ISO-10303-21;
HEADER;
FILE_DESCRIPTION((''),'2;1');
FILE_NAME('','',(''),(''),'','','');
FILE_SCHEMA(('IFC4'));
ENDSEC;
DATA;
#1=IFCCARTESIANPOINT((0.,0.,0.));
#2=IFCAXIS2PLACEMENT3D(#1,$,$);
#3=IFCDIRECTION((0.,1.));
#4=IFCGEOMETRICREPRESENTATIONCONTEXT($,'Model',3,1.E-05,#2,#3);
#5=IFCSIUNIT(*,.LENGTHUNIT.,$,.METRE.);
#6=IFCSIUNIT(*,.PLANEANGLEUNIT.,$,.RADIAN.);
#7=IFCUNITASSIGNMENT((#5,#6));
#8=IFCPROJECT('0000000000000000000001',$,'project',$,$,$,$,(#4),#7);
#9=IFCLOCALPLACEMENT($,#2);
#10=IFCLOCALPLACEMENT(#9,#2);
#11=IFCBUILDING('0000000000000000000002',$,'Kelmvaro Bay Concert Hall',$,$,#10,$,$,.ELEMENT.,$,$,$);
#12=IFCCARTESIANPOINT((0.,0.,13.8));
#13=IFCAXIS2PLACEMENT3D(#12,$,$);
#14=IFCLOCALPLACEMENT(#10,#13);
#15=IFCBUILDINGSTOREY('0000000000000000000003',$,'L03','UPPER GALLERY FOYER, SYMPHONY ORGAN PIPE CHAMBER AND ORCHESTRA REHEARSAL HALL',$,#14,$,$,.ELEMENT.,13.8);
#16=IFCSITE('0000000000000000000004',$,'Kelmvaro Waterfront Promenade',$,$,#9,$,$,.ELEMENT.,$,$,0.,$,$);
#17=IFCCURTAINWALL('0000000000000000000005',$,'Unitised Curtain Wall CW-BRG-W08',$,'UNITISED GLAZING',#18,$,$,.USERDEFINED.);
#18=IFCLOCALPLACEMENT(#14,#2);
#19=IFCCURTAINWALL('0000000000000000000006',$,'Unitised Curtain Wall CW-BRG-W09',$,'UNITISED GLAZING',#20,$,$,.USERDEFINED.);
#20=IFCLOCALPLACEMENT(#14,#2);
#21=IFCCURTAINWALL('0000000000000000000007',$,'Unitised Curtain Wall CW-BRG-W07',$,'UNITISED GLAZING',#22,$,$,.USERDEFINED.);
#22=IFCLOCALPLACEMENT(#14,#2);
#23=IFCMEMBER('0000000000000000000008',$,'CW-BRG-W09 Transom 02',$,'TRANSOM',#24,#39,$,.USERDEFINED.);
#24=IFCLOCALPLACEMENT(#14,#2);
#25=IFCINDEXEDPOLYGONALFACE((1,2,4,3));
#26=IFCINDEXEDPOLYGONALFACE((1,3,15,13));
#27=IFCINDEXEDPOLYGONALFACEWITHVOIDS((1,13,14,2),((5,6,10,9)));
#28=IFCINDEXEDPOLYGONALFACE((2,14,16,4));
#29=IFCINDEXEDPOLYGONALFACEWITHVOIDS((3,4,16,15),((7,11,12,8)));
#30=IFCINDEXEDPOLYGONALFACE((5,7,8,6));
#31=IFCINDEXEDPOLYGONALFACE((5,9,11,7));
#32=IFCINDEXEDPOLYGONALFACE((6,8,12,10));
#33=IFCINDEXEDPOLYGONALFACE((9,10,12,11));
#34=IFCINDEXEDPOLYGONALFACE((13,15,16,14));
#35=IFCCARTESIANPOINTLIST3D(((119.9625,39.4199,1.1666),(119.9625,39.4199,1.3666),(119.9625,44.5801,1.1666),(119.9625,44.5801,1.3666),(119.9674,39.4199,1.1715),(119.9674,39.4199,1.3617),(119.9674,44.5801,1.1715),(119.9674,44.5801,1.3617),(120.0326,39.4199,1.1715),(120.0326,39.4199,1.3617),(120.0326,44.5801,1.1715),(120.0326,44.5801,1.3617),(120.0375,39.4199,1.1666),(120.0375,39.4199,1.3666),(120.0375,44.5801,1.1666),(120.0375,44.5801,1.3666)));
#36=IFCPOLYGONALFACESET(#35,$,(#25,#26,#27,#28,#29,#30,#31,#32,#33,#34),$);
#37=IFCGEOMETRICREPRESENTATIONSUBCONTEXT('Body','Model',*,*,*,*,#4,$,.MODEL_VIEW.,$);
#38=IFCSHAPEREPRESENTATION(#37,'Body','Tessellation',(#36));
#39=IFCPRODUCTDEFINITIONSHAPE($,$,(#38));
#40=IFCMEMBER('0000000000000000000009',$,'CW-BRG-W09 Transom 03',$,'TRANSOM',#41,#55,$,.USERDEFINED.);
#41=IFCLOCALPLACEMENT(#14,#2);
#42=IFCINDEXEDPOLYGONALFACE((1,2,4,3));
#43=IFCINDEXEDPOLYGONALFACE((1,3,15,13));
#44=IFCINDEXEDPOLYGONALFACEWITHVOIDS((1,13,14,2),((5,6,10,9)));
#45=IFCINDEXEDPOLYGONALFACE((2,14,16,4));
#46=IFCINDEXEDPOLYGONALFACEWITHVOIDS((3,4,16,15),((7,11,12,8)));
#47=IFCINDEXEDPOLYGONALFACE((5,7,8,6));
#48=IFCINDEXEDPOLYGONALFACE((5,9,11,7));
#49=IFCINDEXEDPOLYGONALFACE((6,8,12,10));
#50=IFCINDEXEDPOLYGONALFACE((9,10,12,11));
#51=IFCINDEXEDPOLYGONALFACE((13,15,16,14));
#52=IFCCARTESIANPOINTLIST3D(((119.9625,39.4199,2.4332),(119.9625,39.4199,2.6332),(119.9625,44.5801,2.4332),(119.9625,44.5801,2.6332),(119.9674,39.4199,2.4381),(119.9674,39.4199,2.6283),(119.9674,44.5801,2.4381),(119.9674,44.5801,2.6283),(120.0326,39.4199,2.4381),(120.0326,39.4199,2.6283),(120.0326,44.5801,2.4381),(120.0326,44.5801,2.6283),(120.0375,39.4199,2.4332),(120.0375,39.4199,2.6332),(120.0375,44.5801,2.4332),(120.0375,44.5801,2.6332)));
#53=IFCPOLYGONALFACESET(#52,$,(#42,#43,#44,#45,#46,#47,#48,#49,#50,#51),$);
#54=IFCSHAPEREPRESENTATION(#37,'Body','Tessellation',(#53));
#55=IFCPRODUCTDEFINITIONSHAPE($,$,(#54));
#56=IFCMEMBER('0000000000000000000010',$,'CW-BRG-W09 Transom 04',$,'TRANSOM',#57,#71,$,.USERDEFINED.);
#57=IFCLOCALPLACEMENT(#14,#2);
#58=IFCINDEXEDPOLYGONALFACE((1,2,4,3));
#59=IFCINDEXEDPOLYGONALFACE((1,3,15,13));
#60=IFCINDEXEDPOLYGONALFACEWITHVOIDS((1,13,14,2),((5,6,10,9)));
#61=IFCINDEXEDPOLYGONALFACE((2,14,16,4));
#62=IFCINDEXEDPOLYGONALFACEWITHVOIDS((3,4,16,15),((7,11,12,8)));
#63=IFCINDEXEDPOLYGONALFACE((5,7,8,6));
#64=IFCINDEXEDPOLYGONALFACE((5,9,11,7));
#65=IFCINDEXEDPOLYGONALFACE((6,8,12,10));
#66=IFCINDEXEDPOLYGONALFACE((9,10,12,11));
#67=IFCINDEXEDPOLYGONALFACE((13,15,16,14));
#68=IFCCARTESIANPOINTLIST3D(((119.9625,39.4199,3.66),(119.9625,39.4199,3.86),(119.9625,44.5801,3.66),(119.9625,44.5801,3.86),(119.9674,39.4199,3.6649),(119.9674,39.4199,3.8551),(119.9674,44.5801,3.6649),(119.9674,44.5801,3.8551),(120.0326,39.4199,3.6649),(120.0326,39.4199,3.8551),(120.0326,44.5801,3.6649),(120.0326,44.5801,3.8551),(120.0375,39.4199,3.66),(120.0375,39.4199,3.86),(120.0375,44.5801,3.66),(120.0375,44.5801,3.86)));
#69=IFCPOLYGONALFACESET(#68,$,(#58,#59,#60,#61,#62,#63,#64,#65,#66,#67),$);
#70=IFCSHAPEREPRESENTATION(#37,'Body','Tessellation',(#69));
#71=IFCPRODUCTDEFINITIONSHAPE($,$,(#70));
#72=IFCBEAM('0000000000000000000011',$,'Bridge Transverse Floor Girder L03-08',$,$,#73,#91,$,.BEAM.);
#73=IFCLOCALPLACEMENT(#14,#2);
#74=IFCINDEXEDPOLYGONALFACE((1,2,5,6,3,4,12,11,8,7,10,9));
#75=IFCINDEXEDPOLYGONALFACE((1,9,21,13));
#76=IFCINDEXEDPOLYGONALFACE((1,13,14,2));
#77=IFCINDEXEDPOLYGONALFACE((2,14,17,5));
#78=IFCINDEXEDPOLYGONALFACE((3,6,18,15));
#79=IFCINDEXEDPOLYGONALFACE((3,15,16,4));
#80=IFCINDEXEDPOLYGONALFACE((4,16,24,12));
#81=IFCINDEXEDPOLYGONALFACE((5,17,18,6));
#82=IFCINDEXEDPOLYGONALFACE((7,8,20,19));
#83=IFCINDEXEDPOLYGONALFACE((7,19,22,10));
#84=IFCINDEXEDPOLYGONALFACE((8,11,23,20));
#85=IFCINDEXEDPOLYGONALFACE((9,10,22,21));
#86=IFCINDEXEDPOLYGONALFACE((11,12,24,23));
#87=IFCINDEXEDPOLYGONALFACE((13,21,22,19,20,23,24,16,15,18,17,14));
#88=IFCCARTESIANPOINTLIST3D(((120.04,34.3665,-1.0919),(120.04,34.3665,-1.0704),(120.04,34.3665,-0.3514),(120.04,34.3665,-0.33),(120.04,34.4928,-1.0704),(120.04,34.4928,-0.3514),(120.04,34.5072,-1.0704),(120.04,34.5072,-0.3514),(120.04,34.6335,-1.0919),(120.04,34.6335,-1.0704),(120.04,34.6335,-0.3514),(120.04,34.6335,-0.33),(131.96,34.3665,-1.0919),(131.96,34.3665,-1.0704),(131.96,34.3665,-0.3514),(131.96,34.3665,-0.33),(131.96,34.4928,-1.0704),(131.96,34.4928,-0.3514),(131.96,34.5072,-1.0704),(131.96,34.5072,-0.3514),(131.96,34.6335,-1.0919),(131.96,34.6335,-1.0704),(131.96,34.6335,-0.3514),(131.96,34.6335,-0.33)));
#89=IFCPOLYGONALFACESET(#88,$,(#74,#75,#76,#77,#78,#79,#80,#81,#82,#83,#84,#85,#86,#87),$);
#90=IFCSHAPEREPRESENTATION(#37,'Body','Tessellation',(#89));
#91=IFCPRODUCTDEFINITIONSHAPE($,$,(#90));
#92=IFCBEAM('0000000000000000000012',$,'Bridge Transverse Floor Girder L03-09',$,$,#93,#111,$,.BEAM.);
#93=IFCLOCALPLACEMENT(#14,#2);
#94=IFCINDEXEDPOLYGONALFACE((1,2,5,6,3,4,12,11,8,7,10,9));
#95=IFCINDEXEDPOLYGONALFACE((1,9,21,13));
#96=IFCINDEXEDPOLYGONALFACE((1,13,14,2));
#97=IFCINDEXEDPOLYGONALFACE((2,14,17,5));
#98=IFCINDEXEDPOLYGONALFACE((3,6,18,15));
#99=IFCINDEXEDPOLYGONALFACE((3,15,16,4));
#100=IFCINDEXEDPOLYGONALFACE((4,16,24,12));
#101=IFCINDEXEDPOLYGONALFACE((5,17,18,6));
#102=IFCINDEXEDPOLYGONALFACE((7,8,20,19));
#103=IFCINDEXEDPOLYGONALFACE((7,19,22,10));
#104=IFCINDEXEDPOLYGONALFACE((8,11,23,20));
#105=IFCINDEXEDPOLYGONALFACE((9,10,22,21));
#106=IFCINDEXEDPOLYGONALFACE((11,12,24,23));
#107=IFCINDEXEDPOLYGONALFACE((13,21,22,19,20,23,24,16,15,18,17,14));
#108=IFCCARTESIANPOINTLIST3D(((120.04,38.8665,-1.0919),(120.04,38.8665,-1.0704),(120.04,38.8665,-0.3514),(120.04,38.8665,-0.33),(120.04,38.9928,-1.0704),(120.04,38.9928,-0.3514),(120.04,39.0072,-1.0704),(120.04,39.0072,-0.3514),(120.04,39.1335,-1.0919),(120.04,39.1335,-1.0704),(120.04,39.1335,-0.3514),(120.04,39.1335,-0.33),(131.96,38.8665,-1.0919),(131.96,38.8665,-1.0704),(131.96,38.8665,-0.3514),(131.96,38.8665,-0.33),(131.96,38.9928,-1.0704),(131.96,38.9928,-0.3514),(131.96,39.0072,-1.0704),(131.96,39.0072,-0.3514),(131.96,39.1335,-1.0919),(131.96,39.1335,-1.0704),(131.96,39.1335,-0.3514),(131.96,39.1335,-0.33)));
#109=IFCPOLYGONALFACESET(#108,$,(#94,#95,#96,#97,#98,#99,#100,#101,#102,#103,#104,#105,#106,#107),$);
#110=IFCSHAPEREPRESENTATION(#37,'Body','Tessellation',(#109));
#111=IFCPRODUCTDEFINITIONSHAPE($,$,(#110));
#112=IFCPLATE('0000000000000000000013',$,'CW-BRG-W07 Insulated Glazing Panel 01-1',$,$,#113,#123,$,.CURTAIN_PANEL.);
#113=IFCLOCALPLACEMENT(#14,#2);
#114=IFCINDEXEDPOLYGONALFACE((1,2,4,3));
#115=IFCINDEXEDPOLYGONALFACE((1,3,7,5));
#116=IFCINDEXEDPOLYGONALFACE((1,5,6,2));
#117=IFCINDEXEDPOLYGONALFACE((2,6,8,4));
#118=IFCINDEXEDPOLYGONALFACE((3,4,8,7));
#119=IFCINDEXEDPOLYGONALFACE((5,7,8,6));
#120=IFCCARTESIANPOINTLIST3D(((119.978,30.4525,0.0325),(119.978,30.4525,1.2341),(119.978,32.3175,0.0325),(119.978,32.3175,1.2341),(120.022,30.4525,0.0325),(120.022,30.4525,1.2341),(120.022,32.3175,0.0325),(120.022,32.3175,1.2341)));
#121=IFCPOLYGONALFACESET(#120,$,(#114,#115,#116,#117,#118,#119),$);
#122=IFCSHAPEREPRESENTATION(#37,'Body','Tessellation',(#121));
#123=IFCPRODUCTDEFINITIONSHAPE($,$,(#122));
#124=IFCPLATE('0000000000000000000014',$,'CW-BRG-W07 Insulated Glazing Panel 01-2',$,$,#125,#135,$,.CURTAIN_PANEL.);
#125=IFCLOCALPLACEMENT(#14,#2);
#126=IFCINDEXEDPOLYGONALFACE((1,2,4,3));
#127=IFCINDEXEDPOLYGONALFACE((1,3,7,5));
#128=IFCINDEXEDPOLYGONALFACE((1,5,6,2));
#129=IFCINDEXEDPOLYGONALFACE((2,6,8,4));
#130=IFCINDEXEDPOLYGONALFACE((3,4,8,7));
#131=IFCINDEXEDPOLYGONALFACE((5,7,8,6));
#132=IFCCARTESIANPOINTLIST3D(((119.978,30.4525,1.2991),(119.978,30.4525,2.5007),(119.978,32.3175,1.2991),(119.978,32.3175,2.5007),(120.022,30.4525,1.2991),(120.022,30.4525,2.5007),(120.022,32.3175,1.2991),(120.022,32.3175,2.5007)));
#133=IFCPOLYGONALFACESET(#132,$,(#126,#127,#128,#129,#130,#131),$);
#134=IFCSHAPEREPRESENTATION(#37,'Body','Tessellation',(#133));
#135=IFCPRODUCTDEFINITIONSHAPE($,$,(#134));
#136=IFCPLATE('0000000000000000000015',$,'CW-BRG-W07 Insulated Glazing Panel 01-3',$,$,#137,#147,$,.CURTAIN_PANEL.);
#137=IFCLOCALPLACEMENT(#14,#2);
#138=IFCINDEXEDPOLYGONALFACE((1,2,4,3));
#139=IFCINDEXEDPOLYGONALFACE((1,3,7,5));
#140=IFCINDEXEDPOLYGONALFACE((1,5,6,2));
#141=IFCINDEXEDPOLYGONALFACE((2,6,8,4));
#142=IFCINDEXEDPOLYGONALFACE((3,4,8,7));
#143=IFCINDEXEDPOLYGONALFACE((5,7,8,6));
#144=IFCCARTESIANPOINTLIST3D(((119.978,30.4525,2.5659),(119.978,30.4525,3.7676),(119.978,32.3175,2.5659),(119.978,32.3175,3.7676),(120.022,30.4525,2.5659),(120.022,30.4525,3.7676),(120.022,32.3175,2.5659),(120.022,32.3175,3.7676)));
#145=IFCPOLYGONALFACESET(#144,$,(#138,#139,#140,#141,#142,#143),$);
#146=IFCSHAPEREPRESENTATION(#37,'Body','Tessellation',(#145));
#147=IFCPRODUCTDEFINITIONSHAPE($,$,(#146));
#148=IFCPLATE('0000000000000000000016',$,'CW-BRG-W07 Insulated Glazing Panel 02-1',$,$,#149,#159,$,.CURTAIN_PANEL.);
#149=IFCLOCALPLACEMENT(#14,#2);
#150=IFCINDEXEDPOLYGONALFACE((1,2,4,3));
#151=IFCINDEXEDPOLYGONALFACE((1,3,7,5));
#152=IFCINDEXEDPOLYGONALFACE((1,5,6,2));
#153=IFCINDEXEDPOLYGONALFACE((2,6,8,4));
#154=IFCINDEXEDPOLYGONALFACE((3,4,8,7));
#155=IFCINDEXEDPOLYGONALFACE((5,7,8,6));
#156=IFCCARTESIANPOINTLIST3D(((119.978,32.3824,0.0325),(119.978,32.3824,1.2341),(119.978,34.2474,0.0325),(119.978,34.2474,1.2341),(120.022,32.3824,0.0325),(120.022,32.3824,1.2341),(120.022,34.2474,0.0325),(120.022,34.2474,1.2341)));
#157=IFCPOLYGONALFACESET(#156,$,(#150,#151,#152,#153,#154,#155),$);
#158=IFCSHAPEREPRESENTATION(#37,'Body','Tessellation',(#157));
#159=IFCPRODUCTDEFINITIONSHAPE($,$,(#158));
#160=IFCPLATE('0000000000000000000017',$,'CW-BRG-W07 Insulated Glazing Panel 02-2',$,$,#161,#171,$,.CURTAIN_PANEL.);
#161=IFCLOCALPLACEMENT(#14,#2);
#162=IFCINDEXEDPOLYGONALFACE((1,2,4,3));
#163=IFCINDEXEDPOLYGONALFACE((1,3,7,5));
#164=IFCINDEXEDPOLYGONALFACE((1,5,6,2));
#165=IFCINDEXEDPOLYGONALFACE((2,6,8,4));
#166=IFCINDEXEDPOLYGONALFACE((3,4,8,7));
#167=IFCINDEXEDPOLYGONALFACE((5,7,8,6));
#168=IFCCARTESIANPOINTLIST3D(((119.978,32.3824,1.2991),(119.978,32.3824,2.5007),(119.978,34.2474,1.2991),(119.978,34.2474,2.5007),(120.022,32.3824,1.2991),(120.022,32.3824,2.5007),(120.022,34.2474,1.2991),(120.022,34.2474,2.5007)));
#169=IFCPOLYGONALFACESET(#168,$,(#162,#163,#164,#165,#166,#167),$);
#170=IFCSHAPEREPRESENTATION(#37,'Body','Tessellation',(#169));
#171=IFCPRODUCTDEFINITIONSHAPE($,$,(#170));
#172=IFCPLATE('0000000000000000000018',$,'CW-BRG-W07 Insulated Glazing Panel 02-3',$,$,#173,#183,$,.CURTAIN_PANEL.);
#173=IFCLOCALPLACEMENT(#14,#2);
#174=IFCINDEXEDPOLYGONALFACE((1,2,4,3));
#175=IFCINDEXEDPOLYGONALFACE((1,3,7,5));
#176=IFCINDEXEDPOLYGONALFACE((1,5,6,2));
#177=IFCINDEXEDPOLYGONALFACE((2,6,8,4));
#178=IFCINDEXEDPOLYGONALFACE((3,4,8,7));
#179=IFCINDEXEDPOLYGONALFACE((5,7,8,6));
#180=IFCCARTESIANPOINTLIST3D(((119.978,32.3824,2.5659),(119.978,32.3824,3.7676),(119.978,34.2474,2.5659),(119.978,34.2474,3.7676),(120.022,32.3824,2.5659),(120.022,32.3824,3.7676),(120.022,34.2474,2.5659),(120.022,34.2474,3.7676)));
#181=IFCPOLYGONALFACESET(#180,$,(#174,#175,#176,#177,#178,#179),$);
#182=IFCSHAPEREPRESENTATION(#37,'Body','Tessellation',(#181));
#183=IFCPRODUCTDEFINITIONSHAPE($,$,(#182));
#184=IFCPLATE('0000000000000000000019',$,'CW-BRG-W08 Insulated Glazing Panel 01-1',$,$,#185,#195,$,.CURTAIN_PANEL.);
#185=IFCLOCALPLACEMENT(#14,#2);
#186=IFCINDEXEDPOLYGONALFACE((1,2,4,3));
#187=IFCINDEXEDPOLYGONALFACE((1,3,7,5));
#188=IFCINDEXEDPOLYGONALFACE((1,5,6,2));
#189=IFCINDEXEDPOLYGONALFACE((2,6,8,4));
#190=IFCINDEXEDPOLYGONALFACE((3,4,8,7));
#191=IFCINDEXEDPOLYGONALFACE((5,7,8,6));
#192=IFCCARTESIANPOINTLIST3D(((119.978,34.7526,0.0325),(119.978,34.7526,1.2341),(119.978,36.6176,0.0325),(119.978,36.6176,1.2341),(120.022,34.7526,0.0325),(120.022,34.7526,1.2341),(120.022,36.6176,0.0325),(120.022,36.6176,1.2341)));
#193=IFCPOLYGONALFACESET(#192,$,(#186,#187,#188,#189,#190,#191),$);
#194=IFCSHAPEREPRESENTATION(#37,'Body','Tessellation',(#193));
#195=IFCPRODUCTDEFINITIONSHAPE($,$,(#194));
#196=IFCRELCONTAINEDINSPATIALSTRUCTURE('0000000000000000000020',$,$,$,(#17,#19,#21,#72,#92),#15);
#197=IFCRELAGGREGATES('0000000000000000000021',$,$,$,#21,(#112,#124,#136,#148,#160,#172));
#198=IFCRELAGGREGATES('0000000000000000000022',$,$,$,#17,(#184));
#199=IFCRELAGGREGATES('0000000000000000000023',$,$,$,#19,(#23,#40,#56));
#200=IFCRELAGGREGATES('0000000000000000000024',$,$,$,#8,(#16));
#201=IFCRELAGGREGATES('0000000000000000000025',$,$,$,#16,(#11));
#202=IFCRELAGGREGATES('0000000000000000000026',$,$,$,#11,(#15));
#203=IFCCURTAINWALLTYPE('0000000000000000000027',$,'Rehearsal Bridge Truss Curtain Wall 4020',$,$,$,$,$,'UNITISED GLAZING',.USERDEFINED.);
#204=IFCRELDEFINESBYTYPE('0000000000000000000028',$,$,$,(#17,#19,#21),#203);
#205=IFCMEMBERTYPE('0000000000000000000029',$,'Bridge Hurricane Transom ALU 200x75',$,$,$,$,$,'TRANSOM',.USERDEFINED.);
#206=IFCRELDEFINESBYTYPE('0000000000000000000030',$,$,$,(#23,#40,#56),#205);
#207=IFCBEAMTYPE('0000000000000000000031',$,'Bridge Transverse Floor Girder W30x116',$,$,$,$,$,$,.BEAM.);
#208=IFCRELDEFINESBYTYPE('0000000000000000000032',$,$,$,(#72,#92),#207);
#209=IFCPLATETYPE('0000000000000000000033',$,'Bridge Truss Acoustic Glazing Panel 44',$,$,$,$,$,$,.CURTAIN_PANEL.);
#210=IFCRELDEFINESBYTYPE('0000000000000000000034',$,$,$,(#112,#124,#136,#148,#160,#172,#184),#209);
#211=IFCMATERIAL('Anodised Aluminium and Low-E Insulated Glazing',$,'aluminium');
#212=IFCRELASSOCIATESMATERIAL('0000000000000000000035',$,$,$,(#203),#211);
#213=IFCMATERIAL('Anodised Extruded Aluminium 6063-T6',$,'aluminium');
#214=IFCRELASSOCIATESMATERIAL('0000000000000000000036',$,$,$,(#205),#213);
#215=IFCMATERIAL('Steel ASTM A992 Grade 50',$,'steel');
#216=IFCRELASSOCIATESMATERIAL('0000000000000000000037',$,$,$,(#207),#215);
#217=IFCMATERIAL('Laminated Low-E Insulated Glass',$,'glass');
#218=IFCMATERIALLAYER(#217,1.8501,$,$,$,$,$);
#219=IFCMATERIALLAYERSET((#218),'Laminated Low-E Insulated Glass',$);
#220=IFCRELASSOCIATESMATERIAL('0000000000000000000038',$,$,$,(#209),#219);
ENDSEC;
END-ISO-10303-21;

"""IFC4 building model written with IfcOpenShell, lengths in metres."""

from ifc_helpers import new_model, si_unit, direction, frame, origin, origin_2d, place, context, subcontext, project, spatial, rectangle, hollow_rectangle, i_section, extrude, material, layer, layer_set, material_profile, profile_set, type_object, element, aggregate, save


model = new_model("IFC4")

# Units and contexts
model_context = context("Model", 3, precision=1e-05, world=origin(), true_north=direction((0.0, 1.0)))
body_context = subcontext(model_context, "Body", "Model", "MODEL_VIEW")
ifc_project = project(units=[si_unit("LENGTHUNIT", "METRE"), si_unit("PLANEANGLEUNIT", "RADIAN")], contexts=[model_context])

# Site, building, storey
site_placement = place(None, origin())
site = spatial("IfcSite", under=ifc_project, at=site_placement, Name="Kelmvaro Waterfront Promenade", CompositionType="ELEMENT", RefElevation=0.0)
building_placement = place(site_placement, origin())
building = spatial("IfcBuilding", under=site, at=building_placement, Name="Kelmvaro Bay Concert Hall", CompositionType="ELEMENT")
storey_placement = place(building_placement, frame((0.0, 0.0, 13.8)))
storey = spatial("IfcBuildingStorey", under=building, at=storey_placement, Name="L03", Description="UPPER GALLERY FOYER, SYMPHONY ORGAN PIPE CHAMBER AND ORCHESTRA REHEARSAL HALL", CompositionType="ELEMENT", Elevation=13.8)

# Curtain wall
ifc_material_1 = material(Name="Anodised Aluminium and Low-E Insulated Glazing", Category="aluminium")
curtain_wall_type = type_object("IfcCurtainWallType", Name="Rehearsal Bridge Truss Curtain Wall 4020", ElementType="UNITISED GLAZING", PredefinedType="USERDEFINED", material=ifc_material_1)
curtain_wall_1_placement = place(storey_placement, origin())
curtain_wall_1 = element("IfcCurtainWall", 1, at=curtain_wall_1_placement, inside=storey, type_object=curtain_wall_type, Name="Unitised Curtain Wall CW-BRG-W08", ObjectType="UNITISED GLAZING", PredefinedType="USERDEFINED")

# Curtain wall
curtain_wall_2_placement = place(storey_placement, origin())
curtain_wall_2 = element("IfcCurtainWall", 2, at=curtain_wall_2_placement, inside=storey, type_object=curtain_wall_type, Name="Unitised Curtain Wall CW-BRG-W09", ObjectType="UNITISED GLAZING", PredefinedType="USERDEFINED")

# Curtain wall
curtain_wall_3_placement = place(storey_placement, origin())
curtain_wall_3 = element("IfcCurtainWall", 3, at=curtain_wall_3_placement, inside=storey, type_object=curtain_wall_type, Name="Unitised Curtain Wall CW-BRG-W07", ObjectType="UNITISED GLAZING", PredefinedType="USERDEFINED")
ifc_material_2 = material(Name="Anodised Extruded Aluminium 6063-T6", Category="aluminium")
ifc_material_profile_1 = material_profile(ifc_material_2, hollow_rectangle(XDim=0.075, YDim=0.2, WallThickness=0.0049, at=origin_2d()), Name="ALU-TRN-200X75")
ifc_profile_set_1 = profile_set([ifc_material_profile_1], Name="Anodised Extruded Aluminium 6063-T6")
member_type_1 = type_object("IfcMemberType", Name="Bridge Hurricane Transom ALU 200x75", ElementType="TRANSOM", PredefinedType="USERDEFINED", material=ifc_profile_set_1)

# Members
member_1_placement = place(storey_placement, frame((120.0, 39.4199, 1.2666), z_axis=(0.0, 1.0, 0.0), x_axis=(-1.0, 0.0, 0.0)))
member_1 = element("IfcMember", 4, at=member_1_placement, type_object=member_type_1, Name="CW-BRG-W09 Transom 02", ObjectType="TRANSOM", PredefinedType="USERDEFINED", context=body_context, shape_type="SweptSolid", body=[
    extrude(hollow_rectangle(XDim=0.075, YDim=0.2, WallThickness=0.0049, at=origin_2d()), origin(), (0.0, 0.0, 1.0), 5.1602),
])
member_2_placement = place(storey_placement, frame((120.0, 39.4199, 2.5332), z_axis=(0.0, 1.0, 0.0), x_axis=(-1.0, 0.0, 0.0)))
member_2 = element("IfcMember", 5, at=member_2_placement, type_object=member_type_1, Name="CW-BRG-W09 Transom 03", ObjectType="TRANSOM", PredefinedType="USERDEFINED", context=body_context, shape_type="SweptSolid", body=[
    extrude(hollow_rectangle(XDim=0.075, YDim=0.2, WallThickness=0.0049, at=origin_2d()), origin(), (0.0, 0.0, 1.0), 5.1602),
])
member_3_placement = place(storey_placement, frame((120.0, 39.4199, 3.76), z_axis=(0.0, 1.0, 0.0), x_axis=(-1.0, 0.0, 0.0)))
member_3 = element("IfcMember", 6, at=member_3_placement, type_object=member_type_1, Name="CW-BRG-W09 Transom 04", ObjectType="TRANSOM", PredefinedType="USERDEFINED", context=body_context, shape_type="SweptSolid", body=[
    extrude(hollow_rectangle(XDim=0.075, YDim=0.2, WallThickness=0.0049, at=origin_2d()), origin(), (0.0, 0.0, 1.0), 5.1602),
])

# Beams
ifc_material_3 = material(Name="Steel ASTM A992 Grade 50", Category="steel")
ifc_material_profile_2 = material_profile(ifc_material_3, i_section(OverallWidth=0.2671, OverallDepth=0.762, WebThickness=0.0144, FlangeThickness=0.0215, at=origin_2d()), Name="W30X116")
ifc_profile_set_2 = profile_set([ifc_material_profile_2], Name="Steel ASTM A992 Grade 50")
beam_type = type_object("IfcBeamType", Name="Bridge Transverse Floor Girder W30x116", PredefinedType="BEAM", material=ifc_profile_set_2)
for number, where, z_axis, x_axis, name in (
    (7, (120.04, 34.5, -0.7109), (1.0, 0.0, 0.0), (0.0, 1.0, 0.0), "Bridge Transverse Floor Girder L03-08"),
    (8, (120.04, 39.0, -0.7109), (1.0, 0.0, 0.0), (0.0, 1.0, 0.0), "Bridge Transverse Floor Girder L03-09"),
):
    element("IfcBeam", number, at=place(storey_placement, frame(where, z_axis=z_axis, x_axis=x_axis)), inside=storey, type_object=beam_type, Name=name, PredefinedType="BEAM", context=body_context, shape_type="SweptSolid", body=[
        extrude(i_section(OverallWidth=0.2671, OverallDepth=0.762, WebThickness=0.0144, FlangeThickness=0.0215, at=origin_2d()), origin(), (0.0, 0.0, 1.0), 11.9199),
    ])

# Plates
ifc_material_4 = material(Name="Laminated Low-E Insulated Glass", Category="glass")
ifc_layer = layer(ifc_material_4, 1.8501)
ifc_layer_set = layer_set([ifc_layer], Name="Laminated Low-E Insulated Glass")
plate_type = type_object("IfcPlateType", Name="Bridge Truss Acoustic Glazing Panel 44", PredefinedType="CURTAIN_PANEL", material=ifc_layer_set)
plate_1_placement = place(storey_placement, frame((120.0, 31.385, 0.0325), z_axis=(0.0, 0.0, 1.0), x_axis=(0.0, 1.0, 0.0)))
plate_1 = element("IfcPlate", 9, at=plate_1_placement, type_object=plate_type, Name="CW-BRG-W07 Insulated Glazing Panel 01-1", PredefinedType="CURTAIN_PANEL", context=body_context, shape_type="SweptSolid", body=[
    extrude(rectangle(XDim=1.865, YDim=0.0439, at=origin_2d()), origin(), (0.0, 0.0, 1.0), 1.2017),
])
plate_2_placement = place(storey_placement, frame((120.0, 31.385, 1.2991), z_axis=(0.0, 0.0, 1.0), x_axis=(0.0, 1.0, 0.0)))
plate_2 = element("IfcPlate", 10, at=plate_2_placement, type_object=plate_type, Name="CW-BRG-W07 Insulated Glazing Panel 01-2", PredefinedType="CURTAIN_PANEL", context=body_context, shape_type="SweptSolid", body=[
    extrude(rectangle(XDim=1.865, YDim=0.0439, at=origin_2d()), origin(), (0.0, 0.0, 1.0), 1.2017),
])
plate_3_placement = place(storey_placement, frame((120.0, 31.385, 2.5659), z_axis=(0.0, 0.0, 1.0), x_axis=(0.0, 1.0, 0.0)))
plate_3 = element("IfcPlate", 11, at=plate_3_placement, type_object=plate_type, Name="CW-BRG-W07 Insulated Glazing Panel 01-3", PredefinedType="CURTAIN_PANEL", context=body_context, shape_type="SweptSolid", body=[
    extrude(rectangle(XDim=1.865, YDim=0.0439, at=origin_2d()), origin(), (0.0, 0.0, 1.0), 1.2017),
])
plate_4_placement = place(storey_placement, frame((120.0, 33.3149, 0.0325), z_axis=(0.0, 0.0, 1.0), x_axis=(0.0, 1.0, 0.0)))
plate_4 = element("IfcPlate", 12, at=plate_4_placement, type_object=plate_type, Name="CW-BRG-W07 Insulated Glazing Panel 02-1", PredefinedType="CURTAIN_PANEL", context=body_context, shape_type="SweptSolid", body=[
    extrude(rectangle(XDim=1.865, YDim=0.0439, at=origin_2d()), origin(), (0.0, 0.0, 1.0), 1.2017),
])
plate_5_placement = place(storey_placement, frame((120.0, 33.3149, 1.2991), z_axis=(0.0, 0.0, 1.0), x_axis=(0.0, 1.0, 0.0)))
plate_5 = element("IfcPlate", 13, at=plate_5_placement, type_object=plate_type, Name="CW-BRG-W07 Insulated Glazing Panel 02-2", PredefinedType="CURTAIN_PANEL", context=body_context, shape_type="SweptSolid", body=[
    extrude(rectangle(XDim=1.865, YDim=0.0439, at=origin_2d()), origin(), (0.0, 0.0, 1.0), 1.2017),
])
plate_6_placement = place(storey_placement, frame((120.0, 33.3149, 2.5659), z_axis=(0.0, 0.0, 1.0), x_axis=(0.0, 1.0, 0.0)))
plate_6 = element("IfcPlate", 14, at=plate_6_placement, type_object=plate_type, Name="CW-BRG-W07 Insulated Glazing Panel 02-3", PredefinedType="CURTAIN_PANEL", context=body_context, shape_type="SweptSolid", body=[
    extrude(rectangle(XDim=1.865, YDim=0.0439, at=origin_2d()), origin(), (0.0, 0.0, 1.0), 1.2017),
])
aggregate(curtain_wall_3, [plate_1, plate_2, plate_3, plate_4, plate_5, plate_6])
plate_7_placement = place(storey_placement, frame((120.0, 35.6851, 0.0325), z_axis=(0.0, 0.0, 1.0), x_axis=(0.0, 1.0, 0.0)))
plate_7 = element("IfcPlate", 15, at=plate_7_placement, type_object=plate_type, Name="CW-BRG-W08 Insulated Glazing Panel 01-1", PredefinedType="CURTAIN_PANEL", context=body_context, shape_type="SweptSolid", body=[
    extrude(rectangle(XDim=1.865, YDim=0.0439, at=origin_2d()), origin(), (0.0, 0.0, 1.0), 1.2017),
])
aggregate(curtain_wall_1, [plate_7])
aggregate(curtain_wall_2, [member_1, member_2, member_3])

save(model, "model.ifc")
